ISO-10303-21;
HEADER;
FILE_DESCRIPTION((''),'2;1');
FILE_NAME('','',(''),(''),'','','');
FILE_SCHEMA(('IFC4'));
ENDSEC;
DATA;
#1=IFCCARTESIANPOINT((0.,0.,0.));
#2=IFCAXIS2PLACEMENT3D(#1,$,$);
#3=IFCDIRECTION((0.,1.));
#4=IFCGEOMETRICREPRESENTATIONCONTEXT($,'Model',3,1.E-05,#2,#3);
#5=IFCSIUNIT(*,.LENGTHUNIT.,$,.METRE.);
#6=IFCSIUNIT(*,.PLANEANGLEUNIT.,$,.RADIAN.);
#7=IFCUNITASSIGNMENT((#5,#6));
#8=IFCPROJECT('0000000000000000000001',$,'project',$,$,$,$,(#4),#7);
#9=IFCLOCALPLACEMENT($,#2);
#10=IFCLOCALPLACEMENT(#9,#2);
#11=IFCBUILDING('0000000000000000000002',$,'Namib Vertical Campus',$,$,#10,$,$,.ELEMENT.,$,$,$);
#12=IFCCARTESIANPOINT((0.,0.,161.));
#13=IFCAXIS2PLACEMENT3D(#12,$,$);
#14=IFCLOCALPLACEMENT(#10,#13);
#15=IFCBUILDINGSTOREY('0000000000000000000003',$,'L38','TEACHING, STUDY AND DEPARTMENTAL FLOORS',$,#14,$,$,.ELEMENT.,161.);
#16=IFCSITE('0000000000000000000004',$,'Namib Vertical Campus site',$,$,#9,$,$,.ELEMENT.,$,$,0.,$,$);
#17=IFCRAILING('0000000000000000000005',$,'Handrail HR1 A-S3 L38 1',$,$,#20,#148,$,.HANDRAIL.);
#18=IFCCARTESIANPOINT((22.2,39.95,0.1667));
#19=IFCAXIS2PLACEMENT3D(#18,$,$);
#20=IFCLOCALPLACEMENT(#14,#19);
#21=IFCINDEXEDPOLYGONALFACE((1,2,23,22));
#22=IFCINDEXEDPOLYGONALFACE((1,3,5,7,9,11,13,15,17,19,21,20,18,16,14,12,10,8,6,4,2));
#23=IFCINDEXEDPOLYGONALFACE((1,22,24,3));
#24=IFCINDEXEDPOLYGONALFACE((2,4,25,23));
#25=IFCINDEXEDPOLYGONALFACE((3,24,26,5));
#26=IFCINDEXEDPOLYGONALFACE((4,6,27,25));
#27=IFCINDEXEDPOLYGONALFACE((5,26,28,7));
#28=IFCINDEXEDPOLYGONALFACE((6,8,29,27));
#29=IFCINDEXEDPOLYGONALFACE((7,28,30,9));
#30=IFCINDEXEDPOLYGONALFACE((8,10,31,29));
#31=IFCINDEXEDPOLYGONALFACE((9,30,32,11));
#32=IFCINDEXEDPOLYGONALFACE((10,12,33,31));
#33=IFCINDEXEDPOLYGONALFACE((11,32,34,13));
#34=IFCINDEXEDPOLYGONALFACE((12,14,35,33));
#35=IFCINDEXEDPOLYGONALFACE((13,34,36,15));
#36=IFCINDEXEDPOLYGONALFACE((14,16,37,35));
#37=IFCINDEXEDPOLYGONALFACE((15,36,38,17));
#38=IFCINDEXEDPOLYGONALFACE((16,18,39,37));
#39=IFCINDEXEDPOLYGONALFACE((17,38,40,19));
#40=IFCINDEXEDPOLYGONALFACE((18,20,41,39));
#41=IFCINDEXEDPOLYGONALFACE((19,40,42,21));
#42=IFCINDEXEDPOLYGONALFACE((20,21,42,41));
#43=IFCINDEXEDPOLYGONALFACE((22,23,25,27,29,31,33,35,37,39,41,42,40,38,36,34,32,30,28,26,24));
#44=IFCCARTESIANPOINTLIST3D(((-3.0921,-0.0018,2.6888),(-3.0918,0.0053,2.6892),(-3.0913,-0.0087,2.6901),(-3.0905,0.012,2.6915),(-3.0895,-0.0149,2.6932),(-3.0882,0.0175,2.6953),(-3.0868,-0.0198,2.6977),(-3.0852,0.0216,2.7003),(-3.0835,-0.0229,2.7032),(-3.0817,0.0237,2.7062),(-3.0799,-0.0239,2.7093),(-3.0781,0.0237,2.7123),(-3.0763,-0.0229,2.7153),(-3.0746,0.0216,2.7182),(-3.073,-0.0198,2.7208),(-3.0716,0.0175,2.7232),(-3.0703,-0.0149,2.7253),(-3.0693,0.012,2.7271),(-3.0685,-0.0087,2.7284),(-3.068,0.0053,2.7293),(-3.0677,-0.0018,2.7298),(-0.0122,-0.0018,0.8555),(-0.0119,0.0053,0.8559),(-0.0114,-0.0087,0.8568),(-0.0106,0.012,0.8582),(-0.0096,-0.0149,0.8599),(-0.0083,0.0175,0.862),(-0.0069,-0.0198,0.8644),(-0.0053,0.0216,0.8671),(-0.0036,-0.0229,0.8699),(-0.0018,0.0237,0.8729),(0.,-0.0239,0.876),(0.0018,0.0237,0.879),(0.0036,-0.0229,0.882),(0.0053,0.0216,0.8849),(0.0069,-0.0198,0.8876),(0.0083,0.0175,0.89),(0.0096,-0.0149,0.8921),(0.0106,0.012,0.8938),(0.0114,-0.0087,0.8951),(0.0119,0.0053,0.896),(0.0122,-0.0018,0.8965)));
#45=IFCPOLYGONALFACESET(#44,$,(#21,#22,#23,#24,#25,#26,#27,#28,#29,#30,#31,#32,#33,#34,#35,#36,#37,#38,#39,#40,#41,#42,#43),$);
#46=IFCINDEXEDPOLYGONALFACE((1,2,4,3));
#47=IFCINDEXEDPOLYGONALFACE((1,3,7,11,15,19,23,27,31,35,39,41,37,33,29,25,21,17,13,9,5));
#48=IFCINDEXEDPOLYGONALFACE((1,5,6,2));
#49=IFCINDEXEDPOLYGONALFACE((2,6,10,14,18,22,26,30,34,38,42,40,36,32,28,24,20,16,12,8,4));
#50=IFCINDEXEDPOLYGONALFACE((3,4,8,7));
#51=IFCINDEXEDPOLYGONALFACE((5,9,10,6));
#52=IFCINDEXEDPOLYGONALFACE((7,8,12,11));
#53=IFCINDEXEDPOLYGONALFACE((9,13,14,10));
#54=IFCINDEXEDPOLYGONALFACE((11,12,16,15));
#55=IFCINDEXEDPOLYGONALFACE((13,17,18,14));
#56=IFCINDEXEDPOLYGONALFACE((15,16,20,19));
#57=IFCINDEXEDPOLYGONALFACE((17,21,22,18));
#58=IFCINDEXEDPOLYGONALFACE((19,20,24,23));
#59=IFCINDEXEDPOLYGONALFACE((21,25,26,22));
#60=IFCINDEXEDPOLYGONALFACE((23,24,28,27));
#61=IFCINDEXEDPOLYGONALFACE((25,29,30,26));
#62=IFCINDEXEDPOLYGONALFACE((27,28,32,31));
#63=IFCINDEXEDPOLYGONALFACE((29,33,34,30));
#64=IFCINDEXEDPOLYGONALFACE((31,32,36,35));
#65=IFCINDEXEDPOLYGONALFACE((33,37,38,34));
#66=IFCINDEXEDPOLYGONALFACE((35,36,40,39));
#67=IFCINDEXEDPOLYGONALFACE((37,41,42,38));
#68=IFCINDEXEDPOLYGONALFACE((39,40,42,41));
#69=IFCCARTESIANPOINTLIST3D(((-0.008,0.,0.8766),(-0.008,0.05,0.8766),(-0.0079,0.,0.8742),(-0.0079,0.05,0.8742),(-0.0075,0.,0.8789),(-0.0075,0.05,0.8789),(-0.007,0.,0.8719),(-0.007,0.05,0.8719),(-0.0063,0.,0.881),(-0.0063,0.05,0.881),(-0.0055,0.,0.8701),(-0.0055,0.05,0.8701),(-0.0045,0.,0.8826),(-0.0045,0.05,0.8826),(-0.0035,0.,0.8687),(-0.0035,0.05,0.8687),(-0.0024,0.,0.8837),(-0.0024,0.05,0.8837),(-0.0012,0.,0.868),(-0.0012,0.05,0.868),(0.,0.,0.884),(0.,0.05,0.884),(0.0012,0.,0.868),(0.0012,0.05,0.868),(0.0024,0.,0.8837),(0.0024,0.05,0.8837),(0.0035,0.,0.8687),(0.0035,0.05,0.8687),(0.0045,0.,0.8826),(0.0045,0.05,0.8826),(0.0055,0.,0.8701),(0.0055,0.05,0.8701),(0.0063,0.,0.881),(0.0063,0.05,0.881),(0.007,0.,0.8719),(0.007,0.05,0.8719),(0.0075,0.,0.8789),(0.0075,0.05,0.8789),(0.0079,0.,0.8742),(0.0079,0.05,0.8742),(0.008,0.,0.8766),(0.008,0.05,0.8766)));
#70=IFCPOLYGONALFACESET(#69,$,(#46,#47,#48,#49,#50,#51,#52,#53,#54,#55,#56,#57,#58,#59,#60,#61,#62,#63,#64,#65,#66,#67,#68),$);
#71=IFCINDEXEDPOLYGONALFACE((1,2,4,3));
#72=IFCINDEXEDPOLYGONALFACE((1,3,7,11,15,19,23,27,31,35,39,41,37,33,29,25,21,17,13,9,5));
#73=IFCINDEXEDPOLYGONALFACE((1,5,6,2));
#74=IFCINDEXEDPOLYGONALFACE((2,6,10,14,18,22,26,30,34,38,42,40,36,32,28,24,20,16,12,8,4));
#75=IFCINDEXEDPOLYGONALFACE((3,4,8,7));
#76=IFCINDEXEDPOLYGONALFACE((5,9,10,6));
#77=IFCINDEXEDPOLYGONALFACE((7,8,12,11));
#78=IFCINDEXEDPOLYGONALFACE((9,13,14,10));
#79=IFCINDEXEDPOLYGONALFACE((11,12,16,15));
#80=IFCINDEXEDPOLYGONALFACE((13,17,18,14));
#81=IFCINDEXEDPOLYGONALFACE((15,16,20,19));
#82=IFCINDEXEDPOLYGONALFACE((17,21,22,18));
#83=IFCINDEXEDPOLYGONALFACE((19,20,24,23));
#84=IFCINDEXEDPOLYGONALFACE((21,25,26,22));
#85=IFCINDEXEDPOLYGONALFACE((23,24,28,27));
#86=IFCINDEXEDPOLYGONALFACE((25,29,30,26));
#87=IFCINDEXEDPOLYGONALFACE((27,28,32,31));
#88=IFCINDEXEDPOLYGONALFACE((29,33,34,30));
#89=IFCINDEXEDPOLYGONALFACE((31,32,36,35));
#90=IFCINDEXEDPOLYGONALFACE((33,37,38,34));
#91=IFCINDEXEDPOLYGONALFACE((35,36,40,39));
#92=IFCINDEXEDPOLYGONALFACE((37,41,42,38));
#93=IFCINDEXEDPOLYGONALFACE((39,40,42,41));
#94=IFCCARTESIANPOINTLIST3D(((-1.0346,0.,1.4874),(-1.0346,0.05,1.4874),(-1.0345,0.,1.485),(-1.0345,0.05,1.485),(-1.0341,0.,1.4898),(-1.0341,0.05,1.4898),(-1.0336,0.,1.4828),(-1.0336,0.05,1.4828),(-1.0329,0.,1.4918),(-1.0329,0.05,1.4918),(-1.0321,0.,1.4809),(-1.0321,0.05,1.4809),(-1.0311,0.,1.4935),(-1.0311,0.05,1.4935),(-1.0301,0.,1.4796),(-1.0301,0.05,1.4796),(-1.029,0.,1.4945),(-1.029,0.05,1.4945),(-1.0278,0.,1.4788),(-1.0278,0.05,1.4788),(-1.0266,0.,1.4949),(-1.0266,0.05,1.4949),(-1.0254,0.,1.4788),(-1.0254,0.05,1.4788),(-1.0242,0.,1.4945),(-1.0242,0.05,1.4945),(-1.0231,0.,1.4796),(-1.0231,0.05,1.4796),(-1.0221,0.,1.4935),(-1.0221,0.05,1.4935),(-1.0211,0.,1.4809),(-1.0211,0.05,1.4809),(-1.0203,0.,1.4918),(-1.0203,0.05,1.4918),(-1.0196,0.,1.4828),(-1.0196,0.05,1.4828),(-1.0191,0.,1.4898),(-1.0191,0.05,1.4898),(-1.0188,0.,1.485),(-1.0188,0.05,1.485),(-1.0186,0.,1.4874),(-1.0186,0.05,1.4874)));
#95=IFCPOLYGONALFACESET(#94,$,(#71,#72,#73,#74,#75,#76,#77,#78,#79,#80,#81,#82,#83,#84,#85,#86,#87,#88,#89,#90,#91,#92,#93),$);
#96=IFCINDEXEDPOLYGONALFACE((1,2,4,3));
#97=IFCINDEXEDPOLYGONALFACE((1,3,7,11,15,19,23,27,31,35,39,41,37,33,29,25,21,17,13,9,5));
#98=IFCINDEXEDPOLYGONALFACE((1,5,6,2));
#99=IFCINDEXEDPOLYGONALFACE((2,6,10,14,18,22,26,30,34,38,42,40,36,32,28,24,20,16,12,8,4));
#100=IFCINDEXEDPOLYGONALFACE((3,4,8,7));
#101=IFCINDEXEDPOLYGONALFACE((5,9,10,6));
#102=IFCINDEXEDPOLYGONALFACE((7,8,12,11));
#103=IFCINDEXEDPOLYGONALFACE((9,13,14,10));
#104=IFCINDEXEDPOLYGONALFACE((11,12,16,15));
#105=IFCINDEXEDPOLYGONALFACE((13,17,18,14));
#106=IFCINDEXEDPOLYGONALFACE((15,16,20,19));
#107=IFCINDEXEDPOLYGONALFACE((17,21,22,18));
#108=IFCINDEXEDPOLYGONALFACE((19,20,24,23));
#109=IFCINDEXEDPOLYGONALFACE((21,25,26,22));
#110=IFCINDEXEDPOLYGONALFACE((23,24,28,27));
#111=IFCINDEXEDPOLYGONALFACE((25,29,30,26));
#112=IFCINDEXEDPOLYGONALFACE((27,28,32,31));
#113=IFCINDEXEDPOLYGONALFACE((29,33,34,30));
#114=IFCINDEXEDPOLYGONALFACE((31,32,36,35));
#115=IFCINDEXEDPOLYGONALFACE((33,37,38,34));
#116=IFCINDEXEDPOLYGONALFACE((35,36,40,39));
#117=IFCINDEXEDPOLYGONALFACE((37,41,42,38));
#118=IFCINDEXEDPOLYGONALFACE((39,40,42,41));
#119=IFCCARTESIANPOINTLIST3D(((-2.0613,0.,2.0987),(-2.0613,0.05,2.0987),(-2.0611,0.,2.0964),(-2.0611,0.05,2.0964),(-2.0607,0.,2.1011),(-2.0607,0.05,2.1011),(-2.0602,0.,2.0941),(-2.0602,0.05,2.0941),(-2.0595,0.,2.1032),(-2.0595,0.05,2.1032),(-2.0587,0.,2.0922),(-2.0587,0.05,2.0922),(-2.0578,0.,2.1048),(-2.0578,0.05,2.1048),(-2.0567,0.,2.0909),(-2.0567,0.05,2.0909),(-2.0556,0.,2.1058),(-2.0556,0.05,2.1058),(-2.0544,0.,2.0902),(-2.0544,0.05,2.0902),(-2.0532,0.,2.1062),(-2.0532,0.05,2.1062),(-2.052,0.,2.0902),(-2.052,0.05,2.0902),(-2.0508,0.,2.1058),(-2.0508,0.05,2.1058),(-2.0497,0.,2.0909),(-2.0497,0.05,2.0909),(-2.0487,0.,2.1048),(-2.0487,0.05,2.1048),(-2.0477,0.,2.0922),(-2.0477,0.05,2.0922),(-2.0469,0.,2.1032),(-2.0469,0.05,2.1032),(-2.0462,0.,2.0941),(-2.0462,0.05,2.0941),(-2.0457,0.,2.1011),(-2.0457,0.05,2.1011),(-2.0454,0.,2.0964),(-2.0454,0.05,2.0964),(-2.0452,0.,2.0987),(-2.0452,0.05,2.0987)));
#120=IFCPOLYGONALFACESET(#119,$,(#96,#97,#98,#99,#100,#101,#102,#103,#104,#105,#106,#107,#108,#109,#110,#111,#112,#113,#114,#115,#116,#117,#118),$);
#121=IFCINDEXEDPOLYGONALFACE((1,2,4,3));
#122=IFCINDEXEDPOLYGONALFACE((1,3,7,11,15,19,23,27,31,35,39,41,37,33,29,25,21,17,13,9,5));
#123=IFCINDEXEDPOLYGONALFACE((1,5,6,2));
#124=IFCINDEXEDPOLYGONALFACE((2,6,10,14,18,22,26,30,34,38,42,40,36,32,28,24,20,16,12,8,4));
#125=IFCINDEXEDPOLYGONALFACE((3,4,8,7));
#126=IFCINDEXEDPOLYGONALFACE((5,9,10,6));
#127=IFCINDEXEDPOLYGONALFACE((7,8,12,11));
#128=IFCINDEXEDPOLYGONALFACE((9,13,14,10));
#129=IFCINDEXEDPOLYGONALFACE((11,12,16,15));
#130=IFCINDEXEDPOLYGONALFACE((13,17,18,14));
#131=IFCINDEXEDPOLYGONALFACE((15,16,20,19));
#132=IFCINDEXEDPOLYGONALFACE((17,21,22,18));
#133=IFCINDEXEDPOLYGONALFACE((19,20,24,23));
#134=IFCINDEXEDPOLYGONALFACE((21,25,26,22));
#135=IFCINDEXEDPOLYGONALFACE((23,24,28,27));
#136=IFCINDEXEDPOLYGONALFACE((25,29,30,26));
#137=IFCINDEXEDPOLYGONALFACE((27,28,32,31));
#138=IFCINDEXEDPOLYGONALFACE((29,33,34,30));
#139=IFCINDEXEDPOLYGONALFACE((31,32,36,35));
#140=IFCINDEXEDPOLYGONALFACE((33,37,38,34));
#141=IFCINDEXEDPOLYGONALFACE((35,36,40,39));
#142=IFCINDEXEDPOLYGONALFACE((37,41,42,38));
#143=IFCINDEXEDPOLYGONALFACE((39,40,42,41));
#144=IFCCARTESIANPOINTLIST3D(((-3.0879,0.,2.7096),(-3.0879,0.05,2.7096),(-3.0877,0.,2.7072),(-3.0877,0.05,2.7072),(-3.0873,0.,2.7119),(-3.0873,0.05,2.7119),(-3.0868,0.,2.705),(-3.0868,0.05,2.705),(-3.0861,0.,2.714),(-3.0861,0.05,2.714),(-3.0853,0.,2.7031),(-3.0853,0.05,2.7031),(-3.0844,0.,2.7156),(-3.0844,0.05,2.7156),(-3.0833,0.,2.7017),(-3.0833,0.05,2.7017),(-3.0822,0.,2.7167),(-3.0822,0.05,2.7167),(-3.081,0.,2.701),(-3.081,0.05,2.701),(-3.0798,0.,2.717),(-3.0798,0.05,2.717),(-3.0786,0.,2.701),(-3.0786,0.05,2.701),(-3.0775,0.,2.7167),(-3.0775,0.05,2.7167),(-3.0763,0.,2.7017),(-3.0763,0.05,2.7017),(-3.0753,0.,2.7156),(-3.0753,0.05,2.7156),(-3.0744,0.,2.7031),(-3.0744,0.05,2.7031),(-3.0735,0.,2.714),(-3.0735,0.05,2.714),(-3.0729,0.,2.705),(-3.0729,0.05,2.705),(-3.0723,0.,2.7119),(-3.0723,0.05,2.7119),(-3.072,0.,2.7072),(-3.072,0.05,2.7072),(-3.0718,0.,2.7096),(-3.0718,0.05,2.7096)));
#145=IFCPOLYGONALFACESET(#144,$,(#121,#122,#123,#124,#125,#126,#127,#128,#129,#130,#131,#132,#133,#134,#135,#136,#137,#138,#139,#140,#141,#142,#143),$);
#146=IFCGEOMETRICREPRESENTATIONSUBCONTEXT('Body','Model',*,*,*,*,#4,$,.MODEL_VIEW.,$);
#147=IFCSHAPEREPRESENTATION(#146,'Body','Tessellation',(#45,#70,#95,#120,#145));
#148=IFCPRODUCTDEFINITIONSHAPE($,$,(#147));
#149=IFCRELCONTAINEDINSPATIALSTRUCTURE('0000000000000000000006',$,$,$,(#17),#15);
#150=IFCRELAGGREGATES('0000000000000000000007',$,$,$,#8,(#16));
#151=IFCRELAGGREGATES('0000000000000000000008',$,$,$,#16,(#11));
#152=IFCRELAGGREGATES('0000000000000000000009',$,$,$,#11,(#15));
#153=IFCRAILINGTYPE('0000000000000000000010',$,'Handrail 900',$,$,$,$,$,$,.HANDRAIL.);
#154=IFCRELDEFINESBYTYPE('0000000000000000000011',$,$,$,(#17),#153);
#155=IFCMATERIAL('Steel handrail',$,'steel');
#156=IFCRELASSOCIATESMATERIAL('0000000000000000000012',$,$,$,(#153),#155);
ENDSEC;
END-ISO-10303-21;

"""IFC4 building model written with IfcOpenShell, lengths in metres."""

from ifc_helpers import new_model, si_unit, direction, frame, origin, origin_2d, place, context, subcontext, project, spatial, circle, extrude, material, type_object, element, save


model = new_model("IFC4")

# Units and contexts
model_context = context("Model", 3, precision=1e-05, world=origin(), true_north=direction((0.0, 1.0)))
body_context = subcontext(model_context, "Body", "Model", "MODEL_VIEW")
ifc_project = project(units=[si_unit("LENGTHUNIT", "METRE"), si_unit("PLANEANGLEUNIT", "RADIAN")], contexts=[model_context])

# Site, building, storey
site_placement = place(None, origin())
site = spatial("IfcSite", under=ifc_project, at=site_placement, Name="Namib Vertical Campus site", CompositionType="ELEMENT", RefElevation=0.0)
building_placement = place(site_placement, origin())
building = spatial("IfcBuilding", under=site, at=building_placement, Name="Namib Vertical Campus", CompositionType="ELEMENT")
storey_placement = place(building_placement, frame((0.0, 0.0, 161.0)))
storey = spatial("IfcBuildingStorey", under=building, at=storey_placement, Name="L38", Description="TEACHING, STUDY AND DEPARTMENTAL FLOORS", CompositionType="ELEMENT", Elevation=161.0)

# Railing
ifc_material_1 = material(Name="Steel handrail", Category="steel")
railing_type_1 = type_object("IfcRailingType", Name="Handrail 900", PredefinedType="HANDRAIL", material=ifc_material_1)
railing_1_placement = place(storey_placement, frame((22.2, 39.95, 0.1667)))
element("IfcRailing", 1, at=railing_1_placement, inside=storey, type_object=railing_type_1, Name="Handrail HR1 A-S3 L38 1", PredefinedType="HANDRAIL", context=body_context, shape_type="SweptSolid", body=[
    extrude(circle(Radius=0.0239, at=origin_2d()), frame((0.0, 0.0, 0.876), z_axis=(-0.859291, 0.0, 0.511487), x_axis=(0.0, -1.0, 0.0)), (0.0, 0.0, 1.0), 3.5842),
    extrude(circle(Radius=0.0081, at=origin_2d()), frame((0.0, 0.0, 0.876), z_axis=(0.0, 1.0, 0.0), x_axis=(0.0, 0.0, 1.0)), (0.0, 0.0, 1.0), 0.05),
    extrude(circle(Radius=0.0081, at=origin_2d()), frame((-1.0266, 0.0, 1.4868), z_axis=(0.0, 1.0, 0.0), x_axis=(0.0, 0.0, 1.0)), (0.0, 0.0, 1.0), 0.05),
    extrude(circle(Radius=0.0081, at=origin_2d()), frame((-2.0532, 0.0, 2.0981), z_axis=(0.0, 1.0, 0.0), x_axis=(0.0, 0.0, 1.0)), (0.0, 0.0, 1.0), 0.05),
    extrude(circle(Radius=0.0081, at=origin_2d()), frame((-3.0798, 0.0, 2.709), z_axis=(0.0, 1.0, 0.0), x_axis=(0.0, 0.0, 1.0)), (0.0, 0.0, 1.0), 0.05),
])

save(model, "model.ifc")
